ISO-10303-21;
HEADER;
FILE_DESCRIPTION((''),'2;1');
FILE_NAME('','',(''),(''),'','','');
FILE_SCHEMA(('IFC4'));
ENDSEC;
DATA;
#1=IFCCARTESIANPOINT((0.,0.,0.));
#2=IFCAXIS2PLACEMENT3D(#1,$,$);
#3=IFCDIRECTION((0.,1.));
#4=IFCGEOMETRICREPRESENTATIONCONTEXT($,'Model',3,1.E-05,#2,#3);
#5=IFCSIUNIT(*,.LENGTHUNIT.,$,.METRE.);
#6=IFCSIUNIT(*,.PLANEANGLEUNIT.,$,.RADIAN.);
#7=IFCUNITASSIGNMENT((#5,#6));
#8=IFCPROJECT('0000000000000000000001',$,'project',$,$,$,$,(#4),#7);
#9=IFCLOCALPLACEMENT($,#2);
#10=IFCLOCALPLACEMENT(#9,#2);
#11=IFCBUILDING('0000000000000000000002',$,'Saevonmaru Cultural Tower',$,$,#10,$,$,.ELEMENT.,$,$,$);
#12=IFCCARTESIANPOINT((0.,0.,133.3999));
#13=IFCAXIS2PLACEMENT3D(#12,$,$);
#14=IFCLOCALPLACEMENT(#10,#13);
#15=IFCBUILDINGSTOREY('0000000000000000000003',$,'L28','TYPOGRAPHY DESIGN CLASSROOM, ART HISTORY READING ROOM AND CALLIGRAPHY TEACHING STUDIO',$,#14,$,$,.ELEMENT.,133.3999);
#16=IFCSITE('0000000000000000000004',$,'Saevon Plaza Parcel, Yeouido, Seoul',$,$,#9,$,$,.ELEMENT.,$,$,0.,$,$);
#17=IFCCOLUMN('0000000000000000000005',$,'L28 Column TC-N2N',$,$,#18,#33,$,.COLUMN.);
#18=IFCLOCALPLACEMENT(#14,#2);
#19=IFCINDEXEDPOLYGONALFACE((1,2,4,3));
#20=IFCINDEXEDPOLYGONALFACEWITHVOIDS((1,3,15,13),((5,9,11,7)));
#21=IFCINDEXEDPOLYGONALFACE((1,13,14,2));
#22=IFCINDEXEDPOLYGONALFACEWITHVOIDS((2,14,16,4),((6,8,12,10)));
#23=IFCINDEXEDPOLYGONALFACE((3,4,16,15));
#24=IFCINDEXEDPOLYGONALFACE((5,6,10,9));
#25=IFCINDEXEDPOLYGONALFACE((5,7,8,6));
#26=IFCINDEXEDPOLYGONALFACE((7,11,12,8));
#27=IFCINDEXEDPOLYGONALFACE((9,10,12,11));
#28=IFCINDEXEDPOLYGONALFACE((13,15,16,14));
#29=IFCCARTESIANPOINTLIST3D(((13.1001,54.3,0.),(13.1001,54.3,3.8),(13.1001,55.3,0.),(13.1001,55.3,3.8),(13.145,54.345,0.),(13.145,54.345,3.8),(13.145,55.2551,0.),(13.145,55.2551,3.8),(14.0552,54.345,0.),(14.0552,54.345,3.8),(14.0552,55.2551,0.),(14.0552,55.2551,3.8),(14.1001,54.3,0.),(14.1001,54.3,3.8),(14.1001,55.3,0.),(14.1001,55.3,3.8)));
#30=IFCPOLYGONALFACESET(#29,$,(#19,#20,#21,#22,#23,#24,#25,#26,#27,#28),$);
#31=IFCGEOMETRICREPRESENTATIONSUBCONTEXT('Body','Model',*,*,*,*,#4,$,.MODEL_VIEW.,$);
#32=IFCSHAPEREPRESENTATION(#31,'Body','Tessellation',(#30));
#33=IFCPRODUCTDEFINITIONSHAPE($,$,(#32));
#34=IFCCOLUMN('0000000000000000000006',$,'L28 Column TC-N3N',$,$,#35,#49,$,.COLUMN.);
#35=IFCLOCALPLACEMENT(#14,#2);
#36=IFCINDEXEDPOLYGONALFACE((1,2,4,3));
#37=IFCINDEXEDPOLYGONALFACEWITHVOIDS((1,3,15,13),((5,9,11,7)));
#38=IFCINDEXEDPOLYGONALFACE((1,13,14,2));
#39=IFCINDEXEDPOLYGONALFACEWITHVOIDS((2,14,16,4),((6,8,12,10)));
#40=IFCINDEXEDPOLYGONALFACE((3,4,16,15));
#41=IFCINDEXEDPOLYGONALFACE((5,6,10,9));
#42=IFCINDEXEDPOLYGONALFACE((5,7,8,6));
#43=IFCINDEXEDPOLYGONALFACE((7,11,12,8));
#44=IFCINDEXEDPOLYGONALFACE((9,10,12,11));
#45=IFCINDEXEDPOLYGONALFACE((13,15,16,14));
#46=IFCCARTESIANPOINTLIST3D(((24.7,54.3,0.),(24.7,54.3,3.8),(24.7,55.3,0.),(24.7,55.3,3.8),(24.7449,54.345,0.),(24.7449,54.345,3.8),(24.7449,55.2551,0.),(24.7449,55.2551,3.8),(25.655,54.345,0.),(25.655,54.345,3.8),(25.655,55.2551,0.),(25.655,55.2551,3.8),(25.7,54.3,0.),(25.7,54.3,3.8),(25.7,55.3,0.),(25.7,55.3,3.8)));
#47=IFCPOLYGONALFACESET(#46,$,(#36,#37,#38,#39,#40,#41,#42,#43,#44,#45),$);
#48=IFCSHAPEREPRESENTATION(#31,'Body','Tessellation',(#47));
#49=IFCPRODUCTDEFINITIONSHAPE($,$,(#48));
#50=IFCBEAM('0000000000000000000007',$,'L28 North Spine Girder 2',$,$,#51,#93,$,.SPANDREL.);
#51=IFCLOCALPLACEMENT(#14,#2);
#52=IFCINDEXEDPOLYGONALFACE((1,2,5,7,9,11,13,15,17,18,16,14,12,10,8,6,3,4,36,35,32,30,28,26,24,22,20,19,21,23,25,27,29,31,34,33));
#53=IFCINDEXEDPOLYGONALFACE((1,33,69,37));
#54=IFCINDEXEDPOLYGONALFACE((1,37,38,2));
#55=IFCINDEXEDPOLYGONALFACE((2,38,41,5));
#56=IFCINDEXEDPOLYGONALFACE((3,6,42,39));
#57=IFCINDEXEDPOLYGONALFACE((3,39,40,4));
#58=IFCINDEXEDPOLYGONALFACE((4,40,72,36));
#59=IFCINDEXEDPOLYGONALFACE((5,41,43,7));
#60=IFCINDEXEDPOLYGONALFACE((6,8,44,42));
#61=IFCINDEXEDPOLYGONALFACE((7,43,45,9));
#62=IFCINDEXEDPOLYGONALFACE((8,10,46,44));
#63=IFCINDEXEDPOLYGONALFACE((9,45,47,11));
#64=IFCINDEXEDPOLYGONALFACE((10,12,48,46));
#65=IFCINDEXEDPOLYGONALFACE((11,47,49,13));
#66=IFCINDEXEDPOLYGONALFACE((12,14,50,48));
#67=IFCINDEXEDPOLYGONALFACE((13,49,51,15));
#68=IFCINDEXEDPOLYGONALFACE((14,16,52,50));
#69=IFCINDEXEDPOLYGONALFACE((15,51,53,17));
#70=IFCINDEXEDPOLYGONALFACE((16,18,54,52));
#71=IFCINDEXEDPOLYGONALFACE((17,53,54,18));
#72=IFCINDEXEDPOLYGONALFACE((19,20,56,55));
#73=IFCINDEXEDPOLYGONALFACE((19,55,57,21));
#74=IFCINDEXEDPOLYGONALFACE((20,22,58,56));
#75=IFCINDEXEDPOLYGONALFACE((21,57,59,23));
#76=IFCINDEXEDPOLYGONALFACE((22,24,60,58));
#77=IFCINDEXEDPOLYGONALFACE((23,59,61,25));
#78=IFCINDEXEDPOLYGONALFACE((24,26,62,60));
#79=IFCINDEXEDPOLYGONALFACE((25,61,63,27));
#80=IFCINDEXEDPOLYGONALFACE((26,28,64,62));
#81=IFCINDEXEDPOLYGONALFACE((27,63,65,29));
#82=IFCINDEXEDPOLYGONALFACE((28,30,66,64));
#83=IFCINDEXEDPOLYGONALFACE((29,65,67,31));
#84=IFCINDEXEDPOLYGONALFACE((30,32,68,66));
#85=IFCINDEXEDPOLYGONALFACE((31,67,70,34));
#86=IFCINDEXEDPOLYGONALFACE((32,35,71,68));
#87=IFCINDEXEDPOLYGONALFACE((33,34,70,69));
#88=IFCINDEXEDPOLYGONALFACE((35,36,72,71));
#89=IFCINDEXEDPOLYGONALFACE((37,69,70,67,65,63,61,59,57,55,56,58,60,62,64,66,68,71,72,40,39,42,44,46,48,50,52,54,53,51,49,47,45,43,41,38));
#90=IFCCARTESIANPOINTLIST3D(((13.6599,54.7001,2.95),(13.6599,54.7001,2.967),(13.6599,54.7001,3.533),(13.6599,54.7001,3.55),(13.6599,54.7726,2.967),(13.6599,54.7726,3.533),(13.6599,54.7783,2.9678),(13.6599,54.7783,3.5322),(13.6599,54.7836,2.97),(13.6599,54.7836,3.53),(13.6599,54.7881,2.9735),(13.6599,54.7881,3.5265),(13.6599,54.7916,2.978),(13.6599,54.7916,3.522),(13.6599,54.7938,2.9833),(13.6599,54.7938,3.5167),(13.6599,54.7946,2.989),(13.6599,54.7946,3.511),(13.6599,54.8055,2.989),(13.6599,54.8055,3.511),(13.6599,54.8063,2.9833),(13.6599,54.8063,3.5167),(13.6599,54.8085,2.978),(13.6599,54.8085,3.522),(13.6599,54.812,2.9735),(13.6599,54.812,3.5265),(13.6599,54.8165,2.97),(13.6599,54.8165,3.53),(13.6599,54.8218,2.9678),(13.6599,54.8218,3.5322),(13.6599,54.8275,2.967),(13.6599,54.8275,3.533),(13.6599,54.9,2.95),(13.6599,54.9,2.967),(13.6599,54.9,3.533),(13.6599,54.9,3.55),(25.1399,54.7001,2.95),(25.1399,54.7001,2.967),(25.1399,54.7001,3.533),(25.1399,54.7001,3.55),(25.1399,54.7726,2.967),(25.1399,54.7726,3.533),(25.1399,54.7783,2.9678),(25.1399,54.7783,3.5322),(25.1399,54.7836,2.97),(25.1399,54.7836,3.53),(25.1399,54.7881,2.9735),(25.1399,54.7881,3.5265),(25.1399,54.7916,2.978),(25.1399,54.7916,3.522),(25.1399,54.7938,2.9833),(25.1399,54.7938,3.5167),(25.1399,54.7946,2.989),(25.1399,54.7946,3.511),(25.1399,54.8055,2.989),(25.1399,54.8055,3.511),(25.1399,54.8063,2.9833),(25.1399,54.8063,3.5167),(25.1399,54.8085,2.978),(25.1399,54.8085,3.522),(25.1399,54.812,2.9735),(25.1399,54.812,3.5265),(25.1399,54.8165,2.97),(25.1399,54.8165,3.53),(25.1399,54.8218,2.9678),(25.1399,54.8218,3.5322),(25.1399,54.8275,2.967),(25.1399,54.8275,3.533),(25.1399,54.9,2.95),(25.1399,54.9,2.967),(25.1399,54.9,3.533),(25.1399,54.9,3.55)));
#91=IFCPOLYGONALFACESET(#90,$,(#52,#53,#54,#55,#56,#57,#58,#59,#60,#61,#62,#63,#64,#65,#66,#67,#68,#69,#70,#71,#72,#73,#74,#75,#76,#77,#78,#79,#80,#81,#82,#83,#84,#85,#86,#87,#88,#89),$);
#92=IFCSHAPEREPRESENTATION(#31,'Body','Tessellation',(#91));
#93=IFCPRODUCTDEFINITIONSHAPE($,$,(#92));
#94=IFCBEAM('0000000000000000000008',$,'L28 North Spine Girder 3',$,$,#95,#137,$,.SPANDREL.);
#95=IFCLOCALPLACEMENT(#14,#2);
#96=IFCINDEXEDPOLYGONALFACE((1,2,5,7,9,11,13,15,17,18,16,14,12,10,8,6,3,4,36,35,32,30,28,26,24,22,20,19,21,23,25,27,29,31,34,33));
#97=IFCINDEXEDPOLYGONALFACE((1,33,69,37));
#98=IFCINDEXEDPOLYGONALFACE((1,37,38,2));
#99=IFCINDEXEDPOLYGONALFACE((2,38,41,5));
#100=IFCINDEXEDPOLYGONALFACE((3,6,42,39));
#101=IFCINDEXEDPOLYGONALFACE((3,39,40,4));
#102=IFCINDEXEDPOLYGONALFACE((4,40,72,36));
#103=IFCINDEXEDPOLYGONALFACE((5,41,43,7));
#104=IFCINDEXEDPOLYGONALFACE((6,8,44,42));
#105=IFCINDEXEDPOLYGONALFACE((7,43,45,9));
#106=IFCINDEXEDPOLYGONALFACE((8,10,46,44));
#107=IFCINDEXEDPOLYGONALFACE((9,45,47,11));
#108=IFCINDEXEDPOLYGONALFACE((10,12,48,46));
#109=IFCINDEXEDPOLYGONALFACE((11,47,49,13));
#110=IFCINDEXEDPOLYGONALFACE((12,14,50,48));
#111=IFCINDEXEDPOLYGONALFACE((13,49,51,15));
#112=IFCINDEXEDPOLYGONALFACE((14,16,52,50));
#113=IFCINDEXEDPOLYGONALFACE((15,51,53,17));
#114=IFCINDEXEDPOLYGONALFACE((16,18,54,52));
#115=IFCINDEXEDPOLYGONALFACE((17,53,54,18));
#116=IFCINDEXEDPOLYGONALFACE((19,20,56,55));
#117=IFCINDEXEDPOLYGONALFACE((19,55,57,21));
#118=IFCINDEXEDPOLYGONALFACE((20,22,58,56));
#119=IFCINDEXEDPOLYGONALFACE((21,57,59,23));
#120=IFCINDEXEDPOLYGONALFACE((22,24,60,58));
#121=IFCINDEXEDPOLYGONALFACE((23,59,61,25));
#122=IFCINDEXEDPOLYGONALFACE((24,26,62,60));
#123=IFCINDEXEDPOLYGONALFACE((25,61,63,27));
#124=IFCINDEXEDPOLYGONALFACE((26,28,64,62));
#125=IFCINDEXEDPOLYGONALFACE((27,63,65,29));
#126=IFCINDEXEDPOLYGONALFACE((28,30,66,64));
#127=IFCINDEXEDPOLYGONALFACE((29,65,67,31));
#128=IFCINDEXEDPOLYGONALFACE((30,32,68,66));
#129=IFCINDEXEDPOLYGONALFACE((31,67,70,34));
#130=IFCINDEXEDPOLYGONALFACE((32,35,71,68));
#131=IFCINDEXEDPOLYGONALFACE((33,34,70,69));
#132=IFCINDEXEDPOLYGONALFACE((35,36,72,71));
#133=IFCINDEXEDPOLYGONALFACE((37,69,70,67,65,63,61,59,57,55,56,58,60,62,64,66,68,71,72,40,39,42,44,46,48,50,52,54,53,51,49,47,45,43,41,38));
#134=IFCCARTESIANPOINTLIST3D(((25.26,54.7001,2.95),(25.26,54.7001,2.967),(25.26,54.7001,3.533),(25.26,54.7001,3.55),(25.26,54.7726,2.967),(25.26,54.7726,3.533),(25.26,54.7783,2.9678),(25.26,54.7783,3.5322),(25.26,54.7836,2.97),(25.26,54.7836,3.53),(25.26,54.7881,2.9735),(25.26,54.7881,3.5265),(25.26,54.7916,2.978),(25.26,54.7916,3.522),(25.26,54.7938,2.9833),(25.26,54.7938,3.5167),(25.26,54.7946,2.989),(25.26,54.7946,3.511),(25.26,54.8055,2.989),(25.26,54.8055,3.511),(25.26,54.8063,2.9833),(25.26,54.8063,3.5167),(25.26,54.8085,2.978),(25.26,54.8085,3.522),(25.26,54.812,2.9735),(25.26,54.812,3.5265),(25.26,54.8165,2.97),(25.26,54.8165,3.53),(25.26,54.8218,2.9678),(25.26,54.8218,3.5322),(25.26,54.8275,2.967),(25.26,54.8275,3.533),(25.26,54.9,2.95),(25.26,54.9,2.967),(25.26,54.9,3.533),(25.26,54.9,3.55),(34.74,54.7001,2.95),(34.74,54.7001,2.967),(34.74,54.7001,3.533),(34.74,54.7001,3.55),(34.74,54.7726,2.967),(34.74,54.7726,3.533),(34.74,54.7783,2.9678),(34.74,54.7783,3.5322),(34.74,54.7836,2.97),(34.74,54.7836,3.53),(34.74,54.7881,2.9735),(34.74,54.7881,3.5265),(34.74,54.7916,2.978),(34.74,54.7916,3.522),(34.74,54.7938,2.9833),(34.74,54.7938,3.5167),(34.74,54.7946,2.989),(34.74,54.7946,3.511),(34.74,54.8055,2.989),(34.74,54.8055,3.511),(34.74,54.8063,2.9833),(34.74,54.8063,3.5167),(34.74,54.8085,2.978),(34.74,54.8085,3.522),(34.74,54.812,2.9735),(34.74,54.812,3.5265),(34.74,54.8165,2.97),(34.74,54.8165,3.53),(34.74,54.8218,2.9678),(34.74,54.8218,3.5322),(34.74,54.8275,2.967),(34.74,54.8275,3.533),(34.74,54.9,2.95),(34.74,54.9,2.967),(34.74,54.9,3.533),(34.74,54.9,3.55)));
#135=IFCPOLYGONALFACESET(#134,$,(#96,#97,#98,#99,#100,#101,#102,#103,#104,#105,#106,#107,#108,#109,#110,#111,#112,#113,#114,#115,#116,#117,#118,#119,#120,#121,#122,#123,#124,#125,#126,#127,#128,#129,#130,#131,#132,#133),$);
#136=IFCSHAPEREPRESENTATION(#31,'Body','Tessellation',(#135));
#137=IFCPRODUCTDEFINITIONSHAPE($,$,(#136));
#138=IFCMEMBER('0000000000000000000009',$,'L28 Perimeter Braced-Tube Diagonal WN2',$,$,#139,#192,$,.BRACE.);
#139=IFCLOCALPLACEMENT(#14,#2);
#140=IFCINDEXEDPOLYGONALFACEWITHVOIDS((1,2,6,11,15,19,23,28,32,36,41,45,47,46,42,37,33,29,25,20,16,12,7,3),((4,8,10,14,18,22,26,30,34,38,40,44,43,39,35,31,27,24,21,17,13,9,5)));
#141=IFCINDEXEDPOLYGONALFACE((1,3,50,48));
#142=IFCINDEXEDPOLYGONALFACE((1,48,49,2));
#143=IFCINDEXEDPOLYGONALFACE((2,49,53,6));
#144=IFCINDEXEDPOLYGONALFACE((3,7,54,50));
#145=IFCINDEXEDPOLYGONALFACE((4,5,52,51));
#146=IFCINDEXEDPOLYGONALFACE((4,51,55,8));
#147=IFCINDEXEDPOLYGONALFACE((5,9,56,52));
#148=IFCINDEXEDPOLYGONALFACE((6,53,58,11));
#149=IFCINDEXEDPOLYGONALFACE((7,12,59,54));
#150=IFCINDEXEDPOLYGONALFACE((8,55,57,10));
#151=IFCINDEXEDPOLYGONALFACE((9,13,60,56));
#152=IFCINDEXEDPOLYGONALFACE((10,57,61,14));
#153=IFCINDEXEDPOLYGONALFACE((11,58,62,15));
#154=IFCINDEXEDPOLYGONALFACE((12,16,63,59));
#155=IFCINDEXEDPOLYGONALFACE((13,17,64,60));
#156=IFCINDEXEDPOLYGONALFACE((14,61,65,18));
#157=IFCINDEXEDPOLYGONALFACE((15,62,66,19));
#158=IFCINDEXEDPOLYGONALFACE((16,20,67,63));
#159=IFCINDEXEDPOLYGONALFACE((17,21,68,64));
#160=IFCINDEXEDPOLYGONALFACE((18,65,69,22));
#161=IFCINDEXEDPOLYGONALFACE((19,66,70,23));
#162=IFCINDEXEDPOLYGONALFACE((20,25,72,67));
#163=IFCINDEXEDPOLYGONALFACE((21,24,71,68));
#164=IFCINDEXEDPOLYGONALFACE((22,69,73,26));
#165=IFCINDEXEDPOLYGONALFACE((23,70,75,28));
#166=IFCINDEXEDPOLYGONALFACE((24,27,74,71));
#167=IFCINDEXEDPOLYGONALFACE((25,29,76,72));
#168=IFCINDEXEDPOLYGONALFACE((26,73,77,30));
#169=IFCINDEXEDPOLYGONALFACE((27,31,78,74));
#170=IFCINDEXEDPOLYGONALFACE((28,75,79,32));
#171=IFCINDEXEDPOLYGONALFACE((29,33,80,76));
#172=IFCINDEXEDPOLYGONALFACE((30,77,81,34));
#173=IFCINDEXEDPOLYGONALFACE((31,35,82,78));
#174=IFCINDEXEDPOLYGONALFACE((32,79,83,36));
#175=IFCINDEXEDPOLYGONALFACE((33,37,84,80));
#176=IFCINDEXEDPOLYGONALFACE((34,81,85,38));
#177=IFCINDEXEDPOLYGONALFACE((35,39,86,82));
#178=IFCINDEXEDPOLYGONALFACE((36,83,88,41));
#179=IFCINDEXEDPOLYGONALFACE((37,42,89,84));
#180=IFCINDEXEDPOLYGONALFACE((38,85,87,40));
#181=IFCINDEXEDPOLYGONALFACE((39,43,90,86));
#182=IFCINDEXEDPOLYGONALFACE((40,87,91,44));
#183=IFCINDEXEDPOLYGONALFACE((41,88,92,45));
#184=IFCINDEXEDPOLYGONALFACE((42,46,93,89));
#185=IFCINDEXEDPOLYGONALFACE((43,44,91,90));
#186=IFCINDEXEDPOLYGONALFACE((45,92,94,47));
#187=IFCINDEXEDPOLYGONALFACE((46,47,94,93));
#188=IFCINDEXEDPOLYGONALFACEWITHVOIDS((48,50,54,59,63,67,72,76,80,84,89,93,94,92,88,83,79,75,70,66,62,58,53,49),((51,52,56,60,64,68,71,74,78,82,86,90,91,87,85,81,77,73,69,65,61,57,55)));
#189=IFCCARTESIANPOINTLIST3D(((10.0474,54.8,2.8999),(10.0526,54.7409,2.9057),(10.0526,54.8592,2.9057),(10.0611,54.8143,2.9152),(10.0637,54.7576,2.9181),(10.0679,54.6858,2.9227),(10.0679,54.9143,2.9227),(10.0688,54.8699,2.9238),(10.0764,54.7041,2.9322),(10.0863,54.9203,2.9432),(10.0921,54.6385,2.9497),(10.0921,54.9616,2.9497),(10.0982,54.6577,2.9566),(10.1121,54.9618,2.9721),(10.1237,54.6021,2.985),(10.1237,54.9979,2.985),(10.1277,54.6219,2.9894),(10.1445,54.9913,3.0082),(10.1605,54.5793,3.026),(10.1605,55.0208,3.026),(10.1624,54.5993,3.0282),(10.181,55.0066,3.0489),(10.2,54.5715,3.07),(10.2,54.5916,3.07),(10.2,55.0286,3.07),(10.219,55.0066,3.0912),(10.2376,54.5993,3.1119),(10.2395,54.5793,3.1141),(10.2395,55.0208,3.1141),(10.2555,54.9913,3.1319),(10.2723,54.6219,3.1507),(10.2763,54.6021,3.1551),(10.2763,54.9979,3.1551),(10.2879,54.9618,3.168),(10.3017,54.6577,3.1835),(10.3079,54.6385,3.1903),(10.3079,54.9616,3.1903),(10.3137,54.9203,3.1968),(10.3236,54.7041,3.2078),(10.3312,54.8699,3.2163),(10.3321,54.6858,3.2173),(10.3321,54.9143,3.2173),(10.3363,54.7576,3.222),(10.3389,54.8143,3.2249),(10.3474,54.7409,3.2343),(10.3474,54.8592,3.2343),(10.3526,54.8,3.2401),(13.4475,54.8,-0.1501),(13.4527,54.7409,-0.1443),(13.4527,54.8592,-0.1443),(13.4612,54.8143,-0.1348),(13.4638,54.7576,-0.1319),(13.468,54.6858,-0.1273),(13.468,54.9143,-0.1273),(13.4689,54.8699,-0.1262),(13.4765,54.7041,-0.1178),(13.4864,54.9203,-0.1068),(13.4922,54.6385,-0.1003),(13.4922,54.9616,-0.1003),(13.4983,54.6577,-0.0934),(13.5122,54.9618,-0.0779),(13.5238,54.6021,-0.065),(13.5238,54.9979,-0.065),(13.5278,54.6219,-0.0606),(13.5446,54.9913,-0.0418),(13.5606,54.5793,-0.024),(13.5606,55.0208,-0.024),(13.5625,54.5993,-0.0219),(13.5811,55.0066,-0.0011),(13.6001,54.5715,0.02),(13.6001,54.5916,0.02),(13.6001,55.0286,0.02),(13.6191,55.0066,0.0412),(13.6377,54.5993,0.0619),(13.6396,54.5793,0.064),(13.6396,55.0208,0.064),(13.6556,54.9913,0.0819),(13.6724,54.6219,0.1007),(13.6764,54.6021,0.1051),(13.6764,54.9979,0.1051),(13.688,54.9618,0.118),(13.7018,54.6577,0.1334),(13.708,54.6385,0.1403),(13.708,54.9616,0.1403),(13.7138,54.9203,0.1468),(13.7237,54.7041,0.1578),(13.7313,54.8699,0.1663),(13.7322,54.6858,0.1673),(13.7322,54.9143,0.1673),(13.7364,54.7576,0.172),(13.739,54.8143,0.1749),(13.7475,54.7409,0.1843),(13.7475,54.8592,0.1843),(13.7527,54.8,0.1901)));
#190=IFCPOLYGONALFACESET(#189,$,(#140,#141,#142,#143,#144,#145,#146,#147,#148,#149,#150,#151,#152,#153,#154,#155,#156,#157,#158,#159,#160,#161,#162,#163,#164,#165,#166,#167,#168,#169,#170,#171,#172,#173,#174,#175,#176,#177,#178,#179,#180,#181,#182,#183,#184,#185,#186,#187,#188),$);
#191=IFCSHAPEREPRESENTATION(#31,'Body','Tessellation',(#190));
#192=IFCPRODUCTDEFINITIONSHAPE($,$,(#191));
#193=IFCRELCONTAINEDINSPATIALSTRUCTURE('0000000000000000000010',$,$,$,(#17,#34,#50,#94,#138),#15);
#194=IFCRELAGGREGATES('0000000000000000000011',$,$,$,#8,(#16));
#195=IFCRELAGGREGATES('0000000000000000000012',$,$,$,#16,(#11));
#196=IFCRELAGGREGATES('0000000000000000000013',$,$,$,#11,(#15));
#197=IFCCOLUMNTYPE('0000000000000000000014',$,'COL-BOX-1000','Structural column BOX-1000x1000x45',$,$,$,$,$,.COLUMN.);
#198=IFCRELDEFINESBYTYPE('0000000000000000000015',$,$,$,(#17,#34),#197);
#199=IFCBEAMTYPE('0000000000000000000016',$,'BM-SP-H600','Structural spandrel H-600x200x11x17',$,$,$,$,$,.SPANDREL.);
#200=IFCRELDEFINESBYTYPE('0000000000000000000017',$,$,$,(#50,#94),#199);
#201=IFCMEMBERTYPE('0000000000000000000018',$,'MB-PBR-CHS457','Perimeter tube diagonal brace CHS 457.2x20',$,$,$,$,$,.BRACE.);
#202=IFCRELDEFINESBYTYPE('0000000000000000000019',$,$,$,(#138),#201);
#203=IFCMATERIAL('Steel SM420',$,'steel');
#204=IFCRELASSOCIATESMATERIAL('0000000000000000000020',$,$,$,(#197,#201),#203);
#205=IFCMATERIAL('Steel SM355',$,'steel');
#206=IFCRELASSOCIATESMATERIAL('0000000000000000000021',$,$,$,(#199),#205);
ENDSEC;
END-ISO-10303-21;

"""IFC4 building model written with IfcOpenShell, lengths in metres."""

from ifc_helpers import new_model, si_unit, direction, frame, origin, origin_2d, place, context, subcontext, project, spatial, hollow_rectangle, hollow_circle, i_section, extrude, material, material_profile, profile_set, type_object, element, save


model = new_model("IFC4")

# Units and contexts
model_context = context("Model", 3, precision=1e-05, world=origin(), true_north=direction((0.0, 1.0)))
body_context = subcontext(model_context, "Body", "Model", "MODEL_VIEW")
ifc_project = project(units=[si_unit("LENGTHUNIT", "METRE"), si_unit("PLANEANGLEUNIT", "RADIAN")], contexts=[model_context])

# Site, building, storey
site_placement = place(None, origin())
site = spatial("IfcSite", under=ifc_project, at=site_placement, Name="Saevon Plaza Parcel, Yeouido, Seoul", CompositionType="ELEMENT", RefElevation=0.0)
building_placement = place(site_placement, origin())
building = spatial("IfcBuilding", under=site, at=building_placement, Name="Saevonmaru Cultural Tower", CompositionType="ELEMENT")
storey_placement = place(building_placement, frame((0.0, 0.0, 133.3999)))
storey = spatial("IfcBuildingStorey", under=building, at=storey_placement, Name="L28", Description="TYPOGRAPHY DESIGN CLASSROOM, ART HISTORY READING ROOM AND CALLIGRAPHY TEACHING STUDIO", CompositionType="ELEMENT", Elevation=133.3999)

# Columns
ifc_material_1 = material(Name="Steel SM420", Category="steel")
ifc_material_profile_1 = material_profile(ifc_material_1, hollow_rectangle(XDim=1.0, YDim=1.0, WallThickness=0.0449, at=origin_2d()), Name="BOX-1000x1000x45")
ifc_profile_set_1 = profile_set([ifc_material_profile_1], Name="Steel SM420")
column_type = type_object("IfcColumnType", Name="COL-BOX-1000", Description="Structural column BOX-1000x1000x45", PredefinedType="COLUMN", material=ifc_profile_set_1)
for number, where, z_axis, x_axis, name in (
    (1, (13.6001, 54.8, 0.0), (0.0, 0.0, 1.0), (1.0, 0.0, 0.0), "L28 Column TC-N2N"),
    (2, (25.2, 54.8, 0.0), (0.0, 0.0, 1.0), (1.0, 0.0, 0.0), "L28 Column TC-N3N"),
):
    element("IfcColumn", number, at=place(storey_placement, frame(where, z_axis=z_axis, x_axis=x_axis)), inside=storey, type_object=column_type, Name=name, PredefinedType="COLUMN", context=body_context, shape_type="SweptSolid", body=[
        extrude(hollow_rectangle(XDim=1.0, YDim=1.0, WallThickness=0.0449, at=origin_2d()), origin(), (0.0, 0.0, 1.0), 3.8),
    ])

# Beams
ifc_material_2 = material(Name="Steel SM355", Category="steel")
ifc_material_profile_2 = material_profile(ifc_material_2, i_section(OverallWidth=0.2, OverallDepth=0.6001, WebThickness=0.011, FlangeThickness=0.0171, FilletRadius=0.022, at=origin_2d()), Name="H-600x200x11x17")
ifc_profile_set_2 = profile_set([ifc_material_profile_2], Name="Steel SM355")
beam_type = type_object("IfcBeamType", Name="BM-SP-H600", Description="Structural spandrel H-600x200x11x17", PredefinedType="SPANDREL", material=ifc_profile_set_2)
beam_1_placement = place(storey_placement, frame((13.6599, 54.8, 3.25), z_axis=(1.0, 0.0, 0.0), x_axis=(0.0, 1.0, 0.0)))
element("IfcBeam", 3, at=beam_1_placement, inside=storey, type_object=beam_type, Name="L28 North Spine Girder 2", PredefinedType="SPANDREL", context=body_context, shape_type="SweptSolid", body=[
    extrude(i_section(OverallWidth=0.2, OverallDepth=0.6001, WebThickness=0.011, FlangeThickness=0.0171, FilletRadius=0.022, at=origin_2d()), origin(), (0.0, 0.0, 1.0), 11.48),
])
beam_2_placement = place(storey_placement, frame((25.26, 54.8, 3.25), z_axis=(1.0, 0.0, 0.0), x_axis=(0.0, 1.0, 0.0)))
element("IfcBeam", 4, at=beam_2_placement, inside=storey, type_object=beam_type, Name="L28 North Spine Girder 3", PredefinedType="SPANDREL", context=body_context, shape_type="SweptSolid", body=[
    extrude(i_section(OverallWidth=0.2, OverallDepth=0.6001, WebThickness=0.011, FlangeThickness=0.0171, FilletRadius=0.022, at=origin_2d()), origin(), (0.0, 0.0, 1.0), 9.48),
])

# Member
ifc_material_profile_3 = material_profile(ifc_material_1, hollow_circle(Radius=0.2285, WallThickness=0.02, at=origin_2d()), Name="CHS-457.2x20")
ifc_profile_set_3 = profile_set([ifc_material_profile_3], Name="Steel SM420")
member_type_1 = type_object("IfcMemberType", Name="MB-PBR-CHS457", Description="Perimeter tube diagonal brace CHS 457.2x20", PredefinedType="BRACE", material=ifc_profile_set_3)
member_1_placement = place(storey_placement, frame((13.6001, 54.8, 0.02), z_axis=(-0.744391, 0.0, 0.667744), x_axis=(0.0, -1.0, 0.0)))
element("IfcMember", 5, at=member_1_placement, inside=storey, type_object=member_type_1, Name="L28 Perimeter Braced-Tube Diagonal WN2", PredefinedType="BRACE", context=body_context, shape_type="SweptSolid", body=[
    extrude(hollow_circle(Radius=0.2285, WallThickness=0.02, at=origin_2d()), origin(), (0.0, 0.0, 1.0), 4.5676),
])

save(model, "model.ifc")
